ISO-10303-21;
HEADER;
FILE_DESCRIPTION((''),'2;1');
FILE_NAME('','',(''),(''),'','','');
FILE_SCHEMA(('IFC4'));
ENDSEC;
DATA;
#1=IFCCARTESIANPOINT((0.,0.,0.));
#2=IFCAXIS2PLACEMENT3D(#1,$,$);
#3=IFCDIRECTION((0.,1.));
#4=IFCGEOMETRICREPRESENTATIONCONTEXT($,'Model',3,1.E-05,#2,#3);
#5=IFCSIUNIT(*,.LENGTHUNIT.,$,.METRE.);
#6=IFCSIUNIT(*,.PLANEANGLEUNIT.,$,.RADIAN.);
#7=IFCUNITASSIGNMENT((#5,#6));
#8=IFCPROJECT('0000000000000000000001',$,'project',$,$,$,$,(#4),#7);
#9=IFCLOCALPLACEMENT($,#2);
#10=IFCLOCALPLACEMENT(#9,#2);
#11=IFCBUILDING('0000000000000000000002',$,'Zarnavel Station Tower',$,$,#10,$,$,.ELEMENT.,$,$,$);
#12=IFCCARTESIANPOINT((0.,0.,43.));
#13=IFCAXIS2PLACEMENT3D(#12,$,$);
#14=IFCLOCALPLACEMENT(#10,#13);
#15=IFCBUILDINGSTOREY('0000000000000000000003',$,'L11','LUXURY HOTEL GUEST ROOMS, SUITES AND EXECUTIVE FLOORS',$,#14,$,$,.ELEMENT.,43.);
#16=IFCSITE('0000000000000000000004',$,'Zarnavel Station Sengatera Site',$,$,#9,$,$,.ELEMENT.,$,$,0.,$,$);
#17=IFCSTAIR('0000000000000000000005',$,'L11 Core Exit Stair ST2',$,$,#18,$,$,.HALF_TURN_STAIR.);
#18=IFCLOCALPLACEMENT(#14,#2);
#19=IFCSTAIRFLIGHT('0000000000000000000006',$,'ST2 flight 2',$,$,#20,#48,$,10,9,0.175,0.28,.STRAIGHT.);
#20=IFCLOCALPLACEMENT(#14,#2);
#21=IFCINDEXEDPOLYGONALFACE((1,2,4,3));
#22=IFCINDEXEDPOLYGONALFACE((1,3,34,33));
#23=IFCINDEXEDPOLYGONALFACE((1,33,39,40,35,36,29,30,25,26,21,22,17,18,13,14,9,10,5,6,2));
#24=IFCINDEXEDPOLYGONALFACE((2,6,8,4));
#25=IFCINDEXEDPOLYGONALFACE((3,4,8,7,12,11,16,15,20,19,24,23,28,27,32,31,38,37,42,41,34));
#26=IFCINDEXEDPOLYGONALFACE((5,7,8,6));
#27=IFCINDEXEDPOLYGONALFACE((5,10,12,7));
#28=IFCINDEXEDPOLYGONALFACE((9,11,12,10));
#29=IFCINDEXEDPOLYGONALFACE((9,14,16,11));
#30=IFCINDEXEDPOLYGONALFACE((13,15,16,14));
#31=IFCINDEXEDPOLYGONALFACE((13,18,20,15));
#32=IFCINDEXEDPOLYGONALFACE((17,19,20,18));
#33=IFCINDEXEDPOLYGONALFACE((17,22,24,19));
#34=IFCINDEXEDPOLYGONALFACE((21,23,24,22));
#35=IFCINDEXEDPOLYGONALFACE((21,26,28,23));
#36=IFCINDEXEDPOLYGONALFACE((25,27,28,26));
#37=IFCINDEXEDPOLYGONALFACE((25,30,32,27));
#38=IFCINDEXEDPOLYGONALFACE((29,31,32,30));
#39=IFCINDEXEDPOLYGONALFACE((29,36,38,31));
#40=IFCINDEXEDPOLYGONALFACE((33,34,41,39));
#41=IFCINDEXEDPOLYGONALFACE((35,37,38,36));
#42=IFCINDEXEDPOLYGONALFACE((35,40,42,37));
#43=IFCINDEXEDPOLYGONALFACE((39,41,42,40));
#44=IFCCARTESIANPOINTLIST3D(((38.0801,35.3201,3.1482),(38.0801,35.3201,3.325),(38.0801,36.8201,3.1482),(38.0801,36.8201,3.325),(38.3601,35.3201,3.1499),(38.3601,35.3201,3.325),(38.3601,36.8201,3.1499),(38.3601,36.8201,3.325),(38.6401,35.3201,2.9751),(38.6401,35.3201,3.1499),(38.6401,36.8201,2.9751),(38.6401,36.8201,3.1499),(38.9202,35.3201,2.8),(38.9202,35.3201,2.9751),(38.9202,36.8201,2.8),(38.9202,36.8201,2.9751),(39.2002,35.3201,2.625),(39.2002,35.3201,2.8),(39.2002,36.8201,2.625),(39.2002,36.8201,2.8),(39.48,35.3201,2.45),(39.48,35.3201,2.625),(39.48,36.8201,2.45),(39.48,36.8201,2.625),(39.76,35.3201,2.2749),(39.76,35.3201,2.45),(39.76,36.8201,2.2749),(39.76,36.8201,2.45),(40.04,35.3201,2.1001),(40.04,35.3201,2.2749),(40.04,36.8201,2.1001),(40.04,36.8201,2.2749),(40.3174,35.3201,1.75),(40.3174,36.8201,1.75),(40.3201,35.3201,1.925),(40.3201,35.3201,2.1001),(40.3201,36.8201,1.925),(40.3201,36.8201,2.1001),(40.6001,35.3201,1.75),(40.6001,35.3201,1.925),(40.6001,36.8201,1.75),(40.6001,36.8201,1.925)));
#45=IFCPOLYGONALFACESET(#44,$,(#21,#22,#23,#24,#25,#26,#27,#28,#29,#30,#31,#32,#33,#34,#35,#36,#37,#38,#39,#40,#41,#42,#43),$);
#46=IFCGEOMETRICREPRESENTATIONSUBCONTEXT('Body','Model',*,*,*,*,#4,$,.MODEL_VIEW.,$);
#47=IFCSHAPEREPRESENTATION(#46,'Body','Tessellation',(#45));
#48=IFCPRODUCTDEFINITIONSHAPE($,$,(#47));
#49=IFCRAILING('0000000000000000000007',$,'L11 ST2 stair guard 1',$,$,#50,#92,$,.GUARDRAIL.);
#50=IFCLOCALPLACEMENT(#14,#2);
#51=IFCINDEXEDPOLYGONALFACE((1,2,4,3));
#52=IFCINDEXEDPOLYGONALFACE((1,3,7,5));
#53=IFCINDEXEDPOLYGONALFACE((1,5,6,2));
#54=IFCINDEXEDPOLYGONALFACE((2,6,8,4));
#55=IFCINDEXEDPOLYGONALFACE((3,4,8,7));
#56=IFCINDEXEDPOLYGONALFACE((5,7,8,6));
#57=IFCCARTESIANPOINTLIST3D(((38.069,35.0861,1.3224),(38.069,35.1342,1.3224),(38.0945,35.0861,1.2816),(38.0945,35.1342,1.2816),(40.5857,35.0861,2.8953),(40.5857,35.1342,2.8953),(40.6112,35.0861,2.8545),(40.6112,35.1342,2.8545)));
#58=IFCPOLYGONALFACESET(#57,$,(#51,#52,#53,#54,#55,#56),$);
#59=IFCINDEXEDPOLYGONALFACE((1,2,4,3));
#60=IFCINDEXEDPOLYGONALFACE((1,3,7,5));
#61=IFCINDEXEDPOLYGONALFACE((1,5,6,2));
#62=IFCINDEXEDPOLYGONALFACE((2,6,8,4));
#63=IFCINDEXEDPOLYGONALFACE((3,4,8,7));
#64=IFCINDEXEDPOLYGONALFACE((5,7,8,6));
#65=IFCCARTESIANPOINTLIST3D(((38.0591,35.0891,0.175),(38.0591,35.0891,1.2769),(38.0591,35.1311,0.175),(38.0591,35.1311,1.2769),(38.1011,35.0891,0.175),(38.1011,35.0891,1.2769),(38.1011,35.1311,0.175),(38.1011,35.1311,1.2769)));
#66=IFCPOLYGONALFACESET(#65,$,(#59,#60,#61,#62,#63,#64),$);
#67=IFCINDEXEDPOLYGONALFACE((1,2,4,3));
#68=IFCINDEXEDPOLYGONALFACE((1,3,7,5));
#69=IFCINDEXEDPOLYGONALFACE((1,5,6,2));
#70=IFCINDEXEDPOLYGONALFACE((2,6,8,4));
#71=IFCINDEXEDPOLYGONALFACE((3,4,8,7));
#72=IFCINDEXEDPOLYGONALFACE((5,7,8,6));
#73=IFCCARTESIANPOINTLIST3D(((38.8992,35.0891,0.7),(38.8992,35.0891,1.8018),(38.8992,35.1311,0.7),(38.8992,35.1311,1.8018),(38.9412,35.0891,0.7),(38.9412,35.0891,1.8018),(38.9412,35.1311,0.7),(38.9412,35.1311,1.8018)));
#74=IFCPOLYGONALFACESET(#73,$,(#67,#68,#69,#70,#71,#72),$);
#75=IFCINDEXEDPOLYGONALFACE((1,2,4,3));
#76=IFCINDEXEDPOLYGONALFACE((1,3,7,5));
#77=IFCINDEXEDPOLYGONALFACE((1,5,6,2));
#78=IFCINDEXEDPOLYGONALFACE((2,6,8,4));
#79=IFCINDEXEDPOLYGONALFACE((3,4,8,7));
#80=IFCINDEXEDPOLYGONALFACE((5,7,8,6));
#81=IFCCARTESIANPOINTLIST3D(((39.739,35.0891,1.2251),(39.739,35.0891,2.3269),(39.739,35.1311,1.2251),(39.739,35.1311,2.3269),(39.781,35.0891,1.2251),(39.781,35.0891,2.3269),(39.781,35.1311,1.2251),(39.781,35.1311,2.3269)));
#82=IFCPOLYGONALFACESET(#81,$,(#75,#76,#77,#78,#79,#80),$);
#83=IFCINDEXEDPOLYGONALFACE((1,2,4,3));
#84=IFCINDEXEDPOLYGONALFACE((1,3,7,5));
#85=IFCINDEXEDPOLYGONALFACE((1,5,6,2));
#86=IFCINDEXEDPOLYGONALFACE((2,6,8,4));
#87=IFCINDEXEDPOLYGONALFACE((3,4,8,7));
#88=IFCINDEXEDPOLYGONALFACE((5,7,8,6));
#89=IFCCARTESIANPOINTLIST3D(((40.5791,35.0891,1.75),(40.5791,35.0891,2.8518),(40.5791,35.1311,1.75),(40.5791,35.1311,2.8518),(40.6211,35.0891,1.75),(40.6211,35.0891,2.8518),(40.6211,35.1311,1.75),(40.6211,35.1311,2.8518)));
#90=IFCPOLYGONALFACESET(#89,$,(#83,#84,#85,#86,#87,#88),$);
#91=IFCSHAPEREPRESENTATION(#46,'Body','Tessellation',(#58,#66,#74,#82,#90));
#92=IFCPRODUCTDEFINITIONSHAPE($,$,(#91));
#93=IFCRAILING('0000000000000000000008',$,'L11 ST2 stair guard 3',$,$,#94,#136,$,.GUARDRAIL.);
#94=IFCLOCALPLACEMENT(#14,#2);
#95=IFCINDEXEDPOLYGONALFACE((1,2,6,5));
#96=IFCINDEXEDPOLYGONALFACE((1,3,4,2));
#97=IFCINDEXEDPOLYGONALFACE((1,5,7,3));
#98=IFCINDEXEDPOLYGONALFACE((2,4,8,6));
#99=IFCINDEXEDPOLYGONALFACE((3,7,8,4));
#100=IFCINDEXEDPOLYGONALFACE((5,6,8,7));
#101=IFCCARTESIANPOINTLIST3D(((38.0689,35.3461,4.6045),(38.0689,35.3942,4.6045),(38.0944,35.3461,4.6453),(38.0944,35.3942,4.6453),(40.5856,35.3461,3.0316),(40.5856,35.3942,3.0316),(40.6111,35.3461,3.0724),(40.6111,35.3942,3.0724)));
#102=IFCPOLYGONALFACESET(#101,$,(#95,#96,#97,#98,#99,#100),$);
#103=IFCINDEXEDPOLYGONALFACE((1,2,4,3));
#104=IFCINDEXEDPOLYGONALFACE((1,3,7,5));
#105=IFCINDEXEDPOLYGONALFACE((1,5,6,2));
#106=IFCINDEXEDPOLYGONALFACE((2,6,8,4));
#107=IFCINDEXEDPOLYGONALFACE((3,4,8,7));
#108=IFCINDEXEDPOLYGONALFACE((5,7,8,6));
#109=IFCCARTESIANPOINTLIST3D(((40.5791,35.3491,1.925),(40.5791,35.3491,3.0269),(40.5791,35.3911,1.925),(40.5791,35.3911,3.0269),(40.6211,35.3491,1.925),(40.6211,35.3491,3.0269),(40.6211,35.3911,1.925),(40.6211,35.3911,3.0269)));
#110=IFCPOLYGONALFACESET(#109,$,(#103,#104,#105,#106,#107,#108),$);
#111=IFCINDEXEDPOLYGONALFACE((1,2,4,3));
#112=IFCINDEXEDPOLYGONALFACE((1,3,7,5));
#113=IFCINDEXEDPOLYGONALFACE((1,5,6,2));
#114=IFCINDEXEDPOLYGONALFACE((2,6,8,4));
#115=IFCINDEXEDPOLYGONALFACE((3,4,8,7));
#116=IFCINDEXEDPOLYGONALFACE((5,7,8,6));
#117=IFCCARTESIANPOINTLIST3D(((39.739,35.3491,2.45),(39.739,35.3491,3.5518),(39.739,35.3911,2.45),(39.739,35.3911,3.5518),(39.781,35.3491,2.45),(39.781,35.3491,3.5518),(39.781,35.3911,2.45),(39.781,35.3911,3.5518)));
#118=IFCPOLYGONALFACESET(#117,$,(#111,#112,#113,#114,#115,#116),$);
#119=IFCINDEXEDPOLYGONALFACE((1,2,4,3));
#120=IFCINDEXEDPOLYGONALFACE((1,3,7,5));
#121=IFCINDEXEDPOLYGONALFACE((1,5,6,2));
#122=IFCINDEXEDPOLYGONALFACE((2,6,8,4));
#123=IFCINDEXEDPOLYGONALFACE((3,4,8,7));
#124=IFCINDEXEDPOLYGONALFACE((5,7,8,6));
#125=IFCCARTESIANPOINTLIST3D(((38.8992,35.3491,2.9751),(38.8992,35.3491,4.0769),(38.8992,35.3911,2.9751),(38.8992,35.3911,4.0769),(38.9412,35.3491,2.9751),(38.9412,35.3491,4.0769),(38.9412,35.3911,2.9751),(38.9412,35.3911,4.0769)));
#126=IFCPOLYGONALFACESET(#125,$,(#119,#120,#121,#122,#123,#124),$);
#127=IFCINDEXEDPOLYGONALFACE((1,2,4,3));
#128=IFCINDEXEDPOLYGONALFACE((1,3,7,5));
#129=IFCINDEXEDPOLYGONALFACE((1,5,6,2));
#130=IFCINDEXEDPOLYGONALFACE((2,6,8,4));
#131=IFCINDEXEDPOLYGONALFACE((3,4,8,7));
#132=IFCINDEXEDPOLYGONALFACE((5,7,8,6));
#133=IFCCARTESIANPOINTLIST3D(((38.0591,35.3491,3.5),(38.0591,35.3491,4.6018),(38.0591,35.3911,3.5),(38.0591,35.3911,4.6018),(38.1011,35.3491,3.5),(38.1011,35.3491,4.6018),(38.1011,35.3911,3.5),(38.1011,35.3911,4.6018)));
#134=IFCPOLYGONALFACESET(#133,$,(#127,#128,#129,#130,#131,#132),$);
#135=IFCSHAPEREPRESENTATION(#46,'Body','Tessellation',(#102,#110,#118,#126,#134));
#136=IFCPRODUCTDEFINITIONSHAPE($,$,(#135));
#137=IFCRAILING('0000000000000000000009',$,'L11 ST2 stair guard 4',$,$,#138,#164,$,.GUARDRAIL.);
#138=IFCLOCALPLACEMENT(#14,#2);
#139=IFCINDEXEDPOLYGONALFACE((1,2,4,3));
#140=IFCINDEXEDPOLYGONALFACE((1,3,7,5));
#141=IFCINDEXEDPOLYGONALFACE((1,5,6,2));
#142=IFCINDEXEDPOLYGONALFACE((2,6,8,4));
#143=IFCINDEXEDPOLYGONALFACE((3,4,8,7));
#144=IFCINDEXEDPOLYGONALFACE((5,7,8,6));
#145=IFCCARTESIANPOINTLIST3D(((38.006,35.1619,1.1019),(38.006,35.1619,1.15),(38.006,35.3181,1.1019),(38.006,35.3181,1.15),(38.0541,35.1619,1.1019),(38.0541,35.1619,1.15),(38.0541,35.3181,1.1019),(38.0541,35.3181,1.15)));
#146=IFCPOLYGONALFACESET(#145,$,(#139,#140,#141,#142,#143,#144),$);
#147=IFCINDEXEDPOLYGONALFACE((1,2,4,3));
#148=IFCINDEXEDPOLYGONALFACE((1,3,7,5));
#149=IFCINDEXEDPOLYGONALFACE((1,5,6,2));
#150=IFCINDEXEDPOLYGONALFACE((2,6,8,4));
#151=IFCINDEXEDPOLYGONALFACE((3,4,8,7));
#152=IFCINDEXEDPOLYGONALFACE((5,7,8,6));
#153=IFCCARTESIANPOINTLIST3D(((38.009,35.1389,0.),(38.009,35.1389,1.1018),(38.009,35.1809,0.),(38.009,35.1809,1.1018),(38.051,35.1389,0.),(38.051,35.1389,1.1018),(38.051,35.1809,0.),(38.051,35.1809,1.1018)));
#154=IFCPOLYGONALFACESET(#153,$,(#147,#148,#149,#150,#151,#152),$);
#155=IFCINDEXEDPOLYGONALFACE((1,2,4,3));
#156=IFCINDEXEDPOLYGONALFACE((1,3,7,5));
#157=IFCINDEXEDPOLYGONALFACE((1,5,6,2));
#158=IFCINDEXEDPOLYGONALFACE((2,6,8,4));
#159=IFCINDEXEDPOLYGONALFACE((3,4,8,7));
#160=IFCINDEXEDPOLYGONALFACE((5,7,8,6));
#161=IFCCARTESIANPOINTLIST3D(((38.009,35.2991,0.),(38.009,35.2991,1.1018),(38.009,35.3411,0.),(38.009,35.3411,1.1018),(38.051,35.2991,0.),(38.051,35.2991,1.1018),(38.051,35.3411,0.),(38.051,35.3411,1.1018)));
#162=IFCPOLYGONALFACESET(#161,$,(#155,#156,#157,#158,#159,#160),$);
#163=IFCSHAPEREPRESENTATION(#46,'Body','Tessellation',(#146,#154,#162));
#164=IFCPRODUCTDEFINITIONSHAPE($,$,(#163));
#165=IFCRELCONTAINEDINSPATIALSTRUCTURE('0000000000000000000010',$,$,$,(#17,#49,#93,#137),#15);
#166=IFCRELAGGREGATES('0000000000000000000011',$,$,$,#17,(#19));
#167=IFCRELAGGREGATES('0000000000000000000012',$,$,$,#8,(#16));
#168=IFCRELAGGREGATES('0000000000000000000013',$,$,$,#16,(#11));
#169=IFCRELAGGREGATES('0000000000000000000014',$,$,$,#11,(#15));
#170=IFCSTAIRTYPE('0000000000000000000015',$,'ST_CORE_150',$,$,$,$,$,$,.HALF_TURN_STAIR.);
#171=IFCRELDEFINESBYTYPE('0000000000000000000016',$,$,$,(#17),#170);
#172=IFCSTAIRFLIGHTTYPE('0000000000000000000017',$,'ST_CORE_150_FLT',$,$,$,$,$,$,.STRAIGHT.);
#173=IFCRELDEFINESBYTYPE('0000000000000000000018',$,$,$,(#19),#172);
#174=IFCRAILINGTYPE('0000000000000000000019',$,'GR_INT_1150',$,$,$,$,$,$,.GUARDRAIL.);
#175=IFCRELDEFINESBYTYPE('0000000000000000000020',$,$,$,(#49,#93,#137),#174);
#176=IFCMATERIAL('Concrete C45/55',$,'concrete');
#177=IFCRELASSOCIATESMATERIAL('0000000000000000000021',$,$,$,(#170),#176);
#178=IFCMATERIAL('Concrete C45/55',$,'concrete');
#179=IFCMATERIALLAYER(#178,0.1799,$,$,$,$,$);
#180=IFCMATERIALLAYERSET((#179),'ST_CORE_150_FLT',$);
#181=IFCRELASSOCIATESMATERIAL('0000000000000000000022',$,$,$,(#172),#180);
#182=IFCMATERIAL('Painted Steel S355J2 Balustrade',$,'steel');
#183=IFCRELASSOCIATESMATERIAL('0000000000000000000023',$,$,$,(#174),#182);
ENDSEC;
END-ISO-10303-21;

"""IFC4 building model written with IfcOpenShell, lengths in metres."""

from ifc_helpers import new_model, si_unit, direction, frame, origin, origin_2d, place, context, subcontext, project, spatial, polyline, rectangle, outline, extrude, material, layer, layer_set, type_object, element, aggregate, save


model = new_model("IFC4")

# Units and contexts
model_context = context("Model", 3, precision=1e-05, world=origin(), true_north=direction((0.0, 1.0)))
body_context = subcontext(model_context, "Body", "Model", "MODEL_VIEW")
ifc_project = project(units=[si_unit("LENGTHUNIT", "METRE"), si_unit("PLANEANGLEUNIT", "RADIAN")], contexts=[model_context])

# Site, building, storey
site_placement = place(None, origin())
site = spatial("IfcSite", under=ifc_project, at=site_placement, Name="Zarnavel Station Sengatera Site", CompositionType="ELEMENT", RefElevation=0.0)
building_placement = place(site_placement, origin())
building = spatial("IfcBuilding", under=site, at=building_placement, Name="Zarnavel Station Tower", CompositionType="ELEMENT")
storey_placement = place(building_placement, frame((0.0, 0.0, 43.0)))
storey = spatial("IfcBuildingStorey", under=building, at=storey_placement, Name="L11", Description="LUXURY HOTEL GUEST ROOMS, SUITES AND EXECUTIVE FLOORS", CompositionType="ELEMENT", Elevation=43.0)

# Stair, stair flight
ifc_material_1 = material(Name="Concrete C45/55", Category="concrete")
stair_type = type_object("IfcStairType", Name="ST_CORE_150", PredefinedType="HALF_TURN_STAIR", material=ifc_material_1)
stair_placement = place(storey_placement, origin())
stair = element("IfcStair", 1, at=stair_placement, inside=storey, type_object=stair_type, Name="L11 Core Exit Stair ST2", PredefinedType="HALF_TURN_STAIR")
ifc_material_2 = material(Name="Concrete C45/55", Category="concrete")
ifc_layer_1 = layer(ifc_material_2, 0.1799)
ifc_layer_set_1 = layer_set([ifc_layer_1], Name="ST_CORE_150_FLT")
stair_flight_type = type_object("IfcStairFlightType", Name="ST_CORE_150_FLT", PredefinedType="STRAIGHT", material=ifc_layer_set_1)
stair_flight_1_placement = place(storey_placement, frame((40.6001, 36.0701, 1.75), z_axis=(0.0, 0.0, 1.0), x_axis=(-1.0, 0.0, 0.0)))
stair_flight_1 = element("IfcStairFlight", 2, at=stair_flight_1_placement, type_object=stair_flight_type, Name="ST2 flight 2", NumberOfRisers=10, NumberOfTreads=9, PredefinedType="STRAIGHT", RiserHeight=0.175, TreadLength=0.28, context=body_context, shape_type="SweptSolid", body=[
    extrude(outline(polyline([(0.0, 0.0), (0.0, 0.175), (0.28, 0.175), (0.28, 0.3501), (0.5601, 0.3501), (0.5601, 0.5249), (0.8401, 0.5249), (0.8401, 0.7), (1.1201, 0.7), (1.1201, 0.875), (1.3999, 0.875), (1.3999, 1.05), (1.6799, 1.05), (1.6799, 1.2251), (1.96, 1.2251), (1.96, 1.3999), (2.24, 1.3999), (2.24, 1.575), (2.52, 1.575), (2.52, 1.75), (2.52, 1.3982), (0.2827, 0.0), (0.0, 0.0)])), frame((0.0, 0.75, 0.0), z_axis=(0.0, -1.0, 0.0), x_axis=(1.0, 0.0, 0.0)), (0.0, 0.0, 1.0), 1.5),
])
aggregate(stair, [stair_flight_1])

# Railings
ifc_material_3 = material(Name="Painted Steel S355J2 Balustrade", Category="steel")
railing_type = type_object("IfcRailingType", Name="GR_INT_1150", PredefinedType="GUARDRAIL", material=ifc_material_3)
railing_1_placement = place(storey_placement, frame((38.0801, 35.1101, 0.175)))
element("IfcRailing", 3, at=railing_1_placement, inside=storey, type_object=railing_type, Name="L11 ST2 stair guard 1", PredefinedType="GUARDRAIL", context=body_context, shape_type="SweptSolid", body=[
    extrude(rectangle(XDim=0.0481, YDim=0.0481, at=origin_2d()), frame((0.0017, 0.0, 1.127), z_axis=(0.848008, 0.0, 0.529984), x_axis=(0.0, 1.0, 0.0)), (0.0, 0.0, 1.0), 2.9678),
    extrude(rectangle(XDim=0.042, YDim=0.042, at=origin_2d()), origin(), (0.0, 0.0, 1.0), 1.1018),
    extrude(rectangle(XDim=0.042, YDim=0.042, at=origin_2d()), frame((0.8401, 0.0, 0.5249)), (0.0, 0.0, 1.0), 1.1018),
    extrude(rectangle(XDim=0.042, YDim=0.042, at=origin_2d()), frame((1.6799, 0.0, 1.05)), (0.0, 0.0, 1.0), 1.1018),
    extrude(rectangle(XDim=0.042, YDim=0.042, at=origin_2d()), frame((2.52, 0.0, 1.575)), (0.0, 0.0, 1.0), 1.1018),
])
railing_2_placement = place(storey_placement, frame((40.6001, 35.3701, 1.925)))
element("IfcRailing", 4, at=railing_2_placement, inside=storey, type_object=railing_type, Name="L11 ST2 stair guard 3", PredefinedType="GUARDRAIL", context=body_context, shape_type="SweptSolid", body=[
    extrude(rectangle(XDim=0.0481, YDim=0.0481, at=origin_2d()), frame((-0.0017, 0.0, 1.127), z_axis=(-0.848008, 0.0, 0.529984), x_axis=(0.0, -1.0, 0.0)), (0.0, 0.0, 1.0), 2.9678),
    extrude(rectangle(XDim=0.042, YDim=0.042, at=origin_2d()), origin(), (0.0, 0.0, 1.0), 1.1018),
    extrude(rectangle(XDim=0.042, YDim=0.042, at=origin_2d()), frame((-0.8401, 0.0, 0.5249)), (0.0, 0.0, 1.0), 1.1018),
    extrude(rectangle(XDim=0.042, YDim=0.042, at=origin_2d()), frame((-1.6799, 0.0, 1.05)), (0.0, 0.0, 1.0), 1.1018),
    extrude(rectangle(XDim=0.042, YDim=0.042, at=origin_2d()), frame((-2.52, 0.0, 1.575)), (0.0, 0.0, 1.0), 1.1018),
])
railing_3_placement = place(storey_placement, frame((38.03, 35.1599, 0.0)))
element("IfcRailing", 5, at=railing_3_placement, inside=storey, type_object=railing_type, Name="L11 ST2 stair guard 4", PredefinedType="GUARDRAIL", context=body_context, shape_type="SweptSolid", body=[
    extrude(rectangle(XDim=0.0481, YDim=0.0481, at=origin_2d()), frame((0.0, 0.002, 1.126), z_axis=(0.0, 1.0, 0.0), x_axis=(-1.0, 0.0, 0.0)), (0.0, 0.0, 1.0), 0.1562),
    extrude(rectangle(XDim=0.042, YDim=0.042, at=origin_2d()), origin(), (0.0, 0.0, 1.0), 1.1018),
    extrude(rectangle(XDim=0.042, YDim=0.042, at=origin_2d()), frame((0.0, 0.1602, 0.0)), (0.0, 0.0, 1.0), 1.1018),
])

save(model, "model.ifc")
